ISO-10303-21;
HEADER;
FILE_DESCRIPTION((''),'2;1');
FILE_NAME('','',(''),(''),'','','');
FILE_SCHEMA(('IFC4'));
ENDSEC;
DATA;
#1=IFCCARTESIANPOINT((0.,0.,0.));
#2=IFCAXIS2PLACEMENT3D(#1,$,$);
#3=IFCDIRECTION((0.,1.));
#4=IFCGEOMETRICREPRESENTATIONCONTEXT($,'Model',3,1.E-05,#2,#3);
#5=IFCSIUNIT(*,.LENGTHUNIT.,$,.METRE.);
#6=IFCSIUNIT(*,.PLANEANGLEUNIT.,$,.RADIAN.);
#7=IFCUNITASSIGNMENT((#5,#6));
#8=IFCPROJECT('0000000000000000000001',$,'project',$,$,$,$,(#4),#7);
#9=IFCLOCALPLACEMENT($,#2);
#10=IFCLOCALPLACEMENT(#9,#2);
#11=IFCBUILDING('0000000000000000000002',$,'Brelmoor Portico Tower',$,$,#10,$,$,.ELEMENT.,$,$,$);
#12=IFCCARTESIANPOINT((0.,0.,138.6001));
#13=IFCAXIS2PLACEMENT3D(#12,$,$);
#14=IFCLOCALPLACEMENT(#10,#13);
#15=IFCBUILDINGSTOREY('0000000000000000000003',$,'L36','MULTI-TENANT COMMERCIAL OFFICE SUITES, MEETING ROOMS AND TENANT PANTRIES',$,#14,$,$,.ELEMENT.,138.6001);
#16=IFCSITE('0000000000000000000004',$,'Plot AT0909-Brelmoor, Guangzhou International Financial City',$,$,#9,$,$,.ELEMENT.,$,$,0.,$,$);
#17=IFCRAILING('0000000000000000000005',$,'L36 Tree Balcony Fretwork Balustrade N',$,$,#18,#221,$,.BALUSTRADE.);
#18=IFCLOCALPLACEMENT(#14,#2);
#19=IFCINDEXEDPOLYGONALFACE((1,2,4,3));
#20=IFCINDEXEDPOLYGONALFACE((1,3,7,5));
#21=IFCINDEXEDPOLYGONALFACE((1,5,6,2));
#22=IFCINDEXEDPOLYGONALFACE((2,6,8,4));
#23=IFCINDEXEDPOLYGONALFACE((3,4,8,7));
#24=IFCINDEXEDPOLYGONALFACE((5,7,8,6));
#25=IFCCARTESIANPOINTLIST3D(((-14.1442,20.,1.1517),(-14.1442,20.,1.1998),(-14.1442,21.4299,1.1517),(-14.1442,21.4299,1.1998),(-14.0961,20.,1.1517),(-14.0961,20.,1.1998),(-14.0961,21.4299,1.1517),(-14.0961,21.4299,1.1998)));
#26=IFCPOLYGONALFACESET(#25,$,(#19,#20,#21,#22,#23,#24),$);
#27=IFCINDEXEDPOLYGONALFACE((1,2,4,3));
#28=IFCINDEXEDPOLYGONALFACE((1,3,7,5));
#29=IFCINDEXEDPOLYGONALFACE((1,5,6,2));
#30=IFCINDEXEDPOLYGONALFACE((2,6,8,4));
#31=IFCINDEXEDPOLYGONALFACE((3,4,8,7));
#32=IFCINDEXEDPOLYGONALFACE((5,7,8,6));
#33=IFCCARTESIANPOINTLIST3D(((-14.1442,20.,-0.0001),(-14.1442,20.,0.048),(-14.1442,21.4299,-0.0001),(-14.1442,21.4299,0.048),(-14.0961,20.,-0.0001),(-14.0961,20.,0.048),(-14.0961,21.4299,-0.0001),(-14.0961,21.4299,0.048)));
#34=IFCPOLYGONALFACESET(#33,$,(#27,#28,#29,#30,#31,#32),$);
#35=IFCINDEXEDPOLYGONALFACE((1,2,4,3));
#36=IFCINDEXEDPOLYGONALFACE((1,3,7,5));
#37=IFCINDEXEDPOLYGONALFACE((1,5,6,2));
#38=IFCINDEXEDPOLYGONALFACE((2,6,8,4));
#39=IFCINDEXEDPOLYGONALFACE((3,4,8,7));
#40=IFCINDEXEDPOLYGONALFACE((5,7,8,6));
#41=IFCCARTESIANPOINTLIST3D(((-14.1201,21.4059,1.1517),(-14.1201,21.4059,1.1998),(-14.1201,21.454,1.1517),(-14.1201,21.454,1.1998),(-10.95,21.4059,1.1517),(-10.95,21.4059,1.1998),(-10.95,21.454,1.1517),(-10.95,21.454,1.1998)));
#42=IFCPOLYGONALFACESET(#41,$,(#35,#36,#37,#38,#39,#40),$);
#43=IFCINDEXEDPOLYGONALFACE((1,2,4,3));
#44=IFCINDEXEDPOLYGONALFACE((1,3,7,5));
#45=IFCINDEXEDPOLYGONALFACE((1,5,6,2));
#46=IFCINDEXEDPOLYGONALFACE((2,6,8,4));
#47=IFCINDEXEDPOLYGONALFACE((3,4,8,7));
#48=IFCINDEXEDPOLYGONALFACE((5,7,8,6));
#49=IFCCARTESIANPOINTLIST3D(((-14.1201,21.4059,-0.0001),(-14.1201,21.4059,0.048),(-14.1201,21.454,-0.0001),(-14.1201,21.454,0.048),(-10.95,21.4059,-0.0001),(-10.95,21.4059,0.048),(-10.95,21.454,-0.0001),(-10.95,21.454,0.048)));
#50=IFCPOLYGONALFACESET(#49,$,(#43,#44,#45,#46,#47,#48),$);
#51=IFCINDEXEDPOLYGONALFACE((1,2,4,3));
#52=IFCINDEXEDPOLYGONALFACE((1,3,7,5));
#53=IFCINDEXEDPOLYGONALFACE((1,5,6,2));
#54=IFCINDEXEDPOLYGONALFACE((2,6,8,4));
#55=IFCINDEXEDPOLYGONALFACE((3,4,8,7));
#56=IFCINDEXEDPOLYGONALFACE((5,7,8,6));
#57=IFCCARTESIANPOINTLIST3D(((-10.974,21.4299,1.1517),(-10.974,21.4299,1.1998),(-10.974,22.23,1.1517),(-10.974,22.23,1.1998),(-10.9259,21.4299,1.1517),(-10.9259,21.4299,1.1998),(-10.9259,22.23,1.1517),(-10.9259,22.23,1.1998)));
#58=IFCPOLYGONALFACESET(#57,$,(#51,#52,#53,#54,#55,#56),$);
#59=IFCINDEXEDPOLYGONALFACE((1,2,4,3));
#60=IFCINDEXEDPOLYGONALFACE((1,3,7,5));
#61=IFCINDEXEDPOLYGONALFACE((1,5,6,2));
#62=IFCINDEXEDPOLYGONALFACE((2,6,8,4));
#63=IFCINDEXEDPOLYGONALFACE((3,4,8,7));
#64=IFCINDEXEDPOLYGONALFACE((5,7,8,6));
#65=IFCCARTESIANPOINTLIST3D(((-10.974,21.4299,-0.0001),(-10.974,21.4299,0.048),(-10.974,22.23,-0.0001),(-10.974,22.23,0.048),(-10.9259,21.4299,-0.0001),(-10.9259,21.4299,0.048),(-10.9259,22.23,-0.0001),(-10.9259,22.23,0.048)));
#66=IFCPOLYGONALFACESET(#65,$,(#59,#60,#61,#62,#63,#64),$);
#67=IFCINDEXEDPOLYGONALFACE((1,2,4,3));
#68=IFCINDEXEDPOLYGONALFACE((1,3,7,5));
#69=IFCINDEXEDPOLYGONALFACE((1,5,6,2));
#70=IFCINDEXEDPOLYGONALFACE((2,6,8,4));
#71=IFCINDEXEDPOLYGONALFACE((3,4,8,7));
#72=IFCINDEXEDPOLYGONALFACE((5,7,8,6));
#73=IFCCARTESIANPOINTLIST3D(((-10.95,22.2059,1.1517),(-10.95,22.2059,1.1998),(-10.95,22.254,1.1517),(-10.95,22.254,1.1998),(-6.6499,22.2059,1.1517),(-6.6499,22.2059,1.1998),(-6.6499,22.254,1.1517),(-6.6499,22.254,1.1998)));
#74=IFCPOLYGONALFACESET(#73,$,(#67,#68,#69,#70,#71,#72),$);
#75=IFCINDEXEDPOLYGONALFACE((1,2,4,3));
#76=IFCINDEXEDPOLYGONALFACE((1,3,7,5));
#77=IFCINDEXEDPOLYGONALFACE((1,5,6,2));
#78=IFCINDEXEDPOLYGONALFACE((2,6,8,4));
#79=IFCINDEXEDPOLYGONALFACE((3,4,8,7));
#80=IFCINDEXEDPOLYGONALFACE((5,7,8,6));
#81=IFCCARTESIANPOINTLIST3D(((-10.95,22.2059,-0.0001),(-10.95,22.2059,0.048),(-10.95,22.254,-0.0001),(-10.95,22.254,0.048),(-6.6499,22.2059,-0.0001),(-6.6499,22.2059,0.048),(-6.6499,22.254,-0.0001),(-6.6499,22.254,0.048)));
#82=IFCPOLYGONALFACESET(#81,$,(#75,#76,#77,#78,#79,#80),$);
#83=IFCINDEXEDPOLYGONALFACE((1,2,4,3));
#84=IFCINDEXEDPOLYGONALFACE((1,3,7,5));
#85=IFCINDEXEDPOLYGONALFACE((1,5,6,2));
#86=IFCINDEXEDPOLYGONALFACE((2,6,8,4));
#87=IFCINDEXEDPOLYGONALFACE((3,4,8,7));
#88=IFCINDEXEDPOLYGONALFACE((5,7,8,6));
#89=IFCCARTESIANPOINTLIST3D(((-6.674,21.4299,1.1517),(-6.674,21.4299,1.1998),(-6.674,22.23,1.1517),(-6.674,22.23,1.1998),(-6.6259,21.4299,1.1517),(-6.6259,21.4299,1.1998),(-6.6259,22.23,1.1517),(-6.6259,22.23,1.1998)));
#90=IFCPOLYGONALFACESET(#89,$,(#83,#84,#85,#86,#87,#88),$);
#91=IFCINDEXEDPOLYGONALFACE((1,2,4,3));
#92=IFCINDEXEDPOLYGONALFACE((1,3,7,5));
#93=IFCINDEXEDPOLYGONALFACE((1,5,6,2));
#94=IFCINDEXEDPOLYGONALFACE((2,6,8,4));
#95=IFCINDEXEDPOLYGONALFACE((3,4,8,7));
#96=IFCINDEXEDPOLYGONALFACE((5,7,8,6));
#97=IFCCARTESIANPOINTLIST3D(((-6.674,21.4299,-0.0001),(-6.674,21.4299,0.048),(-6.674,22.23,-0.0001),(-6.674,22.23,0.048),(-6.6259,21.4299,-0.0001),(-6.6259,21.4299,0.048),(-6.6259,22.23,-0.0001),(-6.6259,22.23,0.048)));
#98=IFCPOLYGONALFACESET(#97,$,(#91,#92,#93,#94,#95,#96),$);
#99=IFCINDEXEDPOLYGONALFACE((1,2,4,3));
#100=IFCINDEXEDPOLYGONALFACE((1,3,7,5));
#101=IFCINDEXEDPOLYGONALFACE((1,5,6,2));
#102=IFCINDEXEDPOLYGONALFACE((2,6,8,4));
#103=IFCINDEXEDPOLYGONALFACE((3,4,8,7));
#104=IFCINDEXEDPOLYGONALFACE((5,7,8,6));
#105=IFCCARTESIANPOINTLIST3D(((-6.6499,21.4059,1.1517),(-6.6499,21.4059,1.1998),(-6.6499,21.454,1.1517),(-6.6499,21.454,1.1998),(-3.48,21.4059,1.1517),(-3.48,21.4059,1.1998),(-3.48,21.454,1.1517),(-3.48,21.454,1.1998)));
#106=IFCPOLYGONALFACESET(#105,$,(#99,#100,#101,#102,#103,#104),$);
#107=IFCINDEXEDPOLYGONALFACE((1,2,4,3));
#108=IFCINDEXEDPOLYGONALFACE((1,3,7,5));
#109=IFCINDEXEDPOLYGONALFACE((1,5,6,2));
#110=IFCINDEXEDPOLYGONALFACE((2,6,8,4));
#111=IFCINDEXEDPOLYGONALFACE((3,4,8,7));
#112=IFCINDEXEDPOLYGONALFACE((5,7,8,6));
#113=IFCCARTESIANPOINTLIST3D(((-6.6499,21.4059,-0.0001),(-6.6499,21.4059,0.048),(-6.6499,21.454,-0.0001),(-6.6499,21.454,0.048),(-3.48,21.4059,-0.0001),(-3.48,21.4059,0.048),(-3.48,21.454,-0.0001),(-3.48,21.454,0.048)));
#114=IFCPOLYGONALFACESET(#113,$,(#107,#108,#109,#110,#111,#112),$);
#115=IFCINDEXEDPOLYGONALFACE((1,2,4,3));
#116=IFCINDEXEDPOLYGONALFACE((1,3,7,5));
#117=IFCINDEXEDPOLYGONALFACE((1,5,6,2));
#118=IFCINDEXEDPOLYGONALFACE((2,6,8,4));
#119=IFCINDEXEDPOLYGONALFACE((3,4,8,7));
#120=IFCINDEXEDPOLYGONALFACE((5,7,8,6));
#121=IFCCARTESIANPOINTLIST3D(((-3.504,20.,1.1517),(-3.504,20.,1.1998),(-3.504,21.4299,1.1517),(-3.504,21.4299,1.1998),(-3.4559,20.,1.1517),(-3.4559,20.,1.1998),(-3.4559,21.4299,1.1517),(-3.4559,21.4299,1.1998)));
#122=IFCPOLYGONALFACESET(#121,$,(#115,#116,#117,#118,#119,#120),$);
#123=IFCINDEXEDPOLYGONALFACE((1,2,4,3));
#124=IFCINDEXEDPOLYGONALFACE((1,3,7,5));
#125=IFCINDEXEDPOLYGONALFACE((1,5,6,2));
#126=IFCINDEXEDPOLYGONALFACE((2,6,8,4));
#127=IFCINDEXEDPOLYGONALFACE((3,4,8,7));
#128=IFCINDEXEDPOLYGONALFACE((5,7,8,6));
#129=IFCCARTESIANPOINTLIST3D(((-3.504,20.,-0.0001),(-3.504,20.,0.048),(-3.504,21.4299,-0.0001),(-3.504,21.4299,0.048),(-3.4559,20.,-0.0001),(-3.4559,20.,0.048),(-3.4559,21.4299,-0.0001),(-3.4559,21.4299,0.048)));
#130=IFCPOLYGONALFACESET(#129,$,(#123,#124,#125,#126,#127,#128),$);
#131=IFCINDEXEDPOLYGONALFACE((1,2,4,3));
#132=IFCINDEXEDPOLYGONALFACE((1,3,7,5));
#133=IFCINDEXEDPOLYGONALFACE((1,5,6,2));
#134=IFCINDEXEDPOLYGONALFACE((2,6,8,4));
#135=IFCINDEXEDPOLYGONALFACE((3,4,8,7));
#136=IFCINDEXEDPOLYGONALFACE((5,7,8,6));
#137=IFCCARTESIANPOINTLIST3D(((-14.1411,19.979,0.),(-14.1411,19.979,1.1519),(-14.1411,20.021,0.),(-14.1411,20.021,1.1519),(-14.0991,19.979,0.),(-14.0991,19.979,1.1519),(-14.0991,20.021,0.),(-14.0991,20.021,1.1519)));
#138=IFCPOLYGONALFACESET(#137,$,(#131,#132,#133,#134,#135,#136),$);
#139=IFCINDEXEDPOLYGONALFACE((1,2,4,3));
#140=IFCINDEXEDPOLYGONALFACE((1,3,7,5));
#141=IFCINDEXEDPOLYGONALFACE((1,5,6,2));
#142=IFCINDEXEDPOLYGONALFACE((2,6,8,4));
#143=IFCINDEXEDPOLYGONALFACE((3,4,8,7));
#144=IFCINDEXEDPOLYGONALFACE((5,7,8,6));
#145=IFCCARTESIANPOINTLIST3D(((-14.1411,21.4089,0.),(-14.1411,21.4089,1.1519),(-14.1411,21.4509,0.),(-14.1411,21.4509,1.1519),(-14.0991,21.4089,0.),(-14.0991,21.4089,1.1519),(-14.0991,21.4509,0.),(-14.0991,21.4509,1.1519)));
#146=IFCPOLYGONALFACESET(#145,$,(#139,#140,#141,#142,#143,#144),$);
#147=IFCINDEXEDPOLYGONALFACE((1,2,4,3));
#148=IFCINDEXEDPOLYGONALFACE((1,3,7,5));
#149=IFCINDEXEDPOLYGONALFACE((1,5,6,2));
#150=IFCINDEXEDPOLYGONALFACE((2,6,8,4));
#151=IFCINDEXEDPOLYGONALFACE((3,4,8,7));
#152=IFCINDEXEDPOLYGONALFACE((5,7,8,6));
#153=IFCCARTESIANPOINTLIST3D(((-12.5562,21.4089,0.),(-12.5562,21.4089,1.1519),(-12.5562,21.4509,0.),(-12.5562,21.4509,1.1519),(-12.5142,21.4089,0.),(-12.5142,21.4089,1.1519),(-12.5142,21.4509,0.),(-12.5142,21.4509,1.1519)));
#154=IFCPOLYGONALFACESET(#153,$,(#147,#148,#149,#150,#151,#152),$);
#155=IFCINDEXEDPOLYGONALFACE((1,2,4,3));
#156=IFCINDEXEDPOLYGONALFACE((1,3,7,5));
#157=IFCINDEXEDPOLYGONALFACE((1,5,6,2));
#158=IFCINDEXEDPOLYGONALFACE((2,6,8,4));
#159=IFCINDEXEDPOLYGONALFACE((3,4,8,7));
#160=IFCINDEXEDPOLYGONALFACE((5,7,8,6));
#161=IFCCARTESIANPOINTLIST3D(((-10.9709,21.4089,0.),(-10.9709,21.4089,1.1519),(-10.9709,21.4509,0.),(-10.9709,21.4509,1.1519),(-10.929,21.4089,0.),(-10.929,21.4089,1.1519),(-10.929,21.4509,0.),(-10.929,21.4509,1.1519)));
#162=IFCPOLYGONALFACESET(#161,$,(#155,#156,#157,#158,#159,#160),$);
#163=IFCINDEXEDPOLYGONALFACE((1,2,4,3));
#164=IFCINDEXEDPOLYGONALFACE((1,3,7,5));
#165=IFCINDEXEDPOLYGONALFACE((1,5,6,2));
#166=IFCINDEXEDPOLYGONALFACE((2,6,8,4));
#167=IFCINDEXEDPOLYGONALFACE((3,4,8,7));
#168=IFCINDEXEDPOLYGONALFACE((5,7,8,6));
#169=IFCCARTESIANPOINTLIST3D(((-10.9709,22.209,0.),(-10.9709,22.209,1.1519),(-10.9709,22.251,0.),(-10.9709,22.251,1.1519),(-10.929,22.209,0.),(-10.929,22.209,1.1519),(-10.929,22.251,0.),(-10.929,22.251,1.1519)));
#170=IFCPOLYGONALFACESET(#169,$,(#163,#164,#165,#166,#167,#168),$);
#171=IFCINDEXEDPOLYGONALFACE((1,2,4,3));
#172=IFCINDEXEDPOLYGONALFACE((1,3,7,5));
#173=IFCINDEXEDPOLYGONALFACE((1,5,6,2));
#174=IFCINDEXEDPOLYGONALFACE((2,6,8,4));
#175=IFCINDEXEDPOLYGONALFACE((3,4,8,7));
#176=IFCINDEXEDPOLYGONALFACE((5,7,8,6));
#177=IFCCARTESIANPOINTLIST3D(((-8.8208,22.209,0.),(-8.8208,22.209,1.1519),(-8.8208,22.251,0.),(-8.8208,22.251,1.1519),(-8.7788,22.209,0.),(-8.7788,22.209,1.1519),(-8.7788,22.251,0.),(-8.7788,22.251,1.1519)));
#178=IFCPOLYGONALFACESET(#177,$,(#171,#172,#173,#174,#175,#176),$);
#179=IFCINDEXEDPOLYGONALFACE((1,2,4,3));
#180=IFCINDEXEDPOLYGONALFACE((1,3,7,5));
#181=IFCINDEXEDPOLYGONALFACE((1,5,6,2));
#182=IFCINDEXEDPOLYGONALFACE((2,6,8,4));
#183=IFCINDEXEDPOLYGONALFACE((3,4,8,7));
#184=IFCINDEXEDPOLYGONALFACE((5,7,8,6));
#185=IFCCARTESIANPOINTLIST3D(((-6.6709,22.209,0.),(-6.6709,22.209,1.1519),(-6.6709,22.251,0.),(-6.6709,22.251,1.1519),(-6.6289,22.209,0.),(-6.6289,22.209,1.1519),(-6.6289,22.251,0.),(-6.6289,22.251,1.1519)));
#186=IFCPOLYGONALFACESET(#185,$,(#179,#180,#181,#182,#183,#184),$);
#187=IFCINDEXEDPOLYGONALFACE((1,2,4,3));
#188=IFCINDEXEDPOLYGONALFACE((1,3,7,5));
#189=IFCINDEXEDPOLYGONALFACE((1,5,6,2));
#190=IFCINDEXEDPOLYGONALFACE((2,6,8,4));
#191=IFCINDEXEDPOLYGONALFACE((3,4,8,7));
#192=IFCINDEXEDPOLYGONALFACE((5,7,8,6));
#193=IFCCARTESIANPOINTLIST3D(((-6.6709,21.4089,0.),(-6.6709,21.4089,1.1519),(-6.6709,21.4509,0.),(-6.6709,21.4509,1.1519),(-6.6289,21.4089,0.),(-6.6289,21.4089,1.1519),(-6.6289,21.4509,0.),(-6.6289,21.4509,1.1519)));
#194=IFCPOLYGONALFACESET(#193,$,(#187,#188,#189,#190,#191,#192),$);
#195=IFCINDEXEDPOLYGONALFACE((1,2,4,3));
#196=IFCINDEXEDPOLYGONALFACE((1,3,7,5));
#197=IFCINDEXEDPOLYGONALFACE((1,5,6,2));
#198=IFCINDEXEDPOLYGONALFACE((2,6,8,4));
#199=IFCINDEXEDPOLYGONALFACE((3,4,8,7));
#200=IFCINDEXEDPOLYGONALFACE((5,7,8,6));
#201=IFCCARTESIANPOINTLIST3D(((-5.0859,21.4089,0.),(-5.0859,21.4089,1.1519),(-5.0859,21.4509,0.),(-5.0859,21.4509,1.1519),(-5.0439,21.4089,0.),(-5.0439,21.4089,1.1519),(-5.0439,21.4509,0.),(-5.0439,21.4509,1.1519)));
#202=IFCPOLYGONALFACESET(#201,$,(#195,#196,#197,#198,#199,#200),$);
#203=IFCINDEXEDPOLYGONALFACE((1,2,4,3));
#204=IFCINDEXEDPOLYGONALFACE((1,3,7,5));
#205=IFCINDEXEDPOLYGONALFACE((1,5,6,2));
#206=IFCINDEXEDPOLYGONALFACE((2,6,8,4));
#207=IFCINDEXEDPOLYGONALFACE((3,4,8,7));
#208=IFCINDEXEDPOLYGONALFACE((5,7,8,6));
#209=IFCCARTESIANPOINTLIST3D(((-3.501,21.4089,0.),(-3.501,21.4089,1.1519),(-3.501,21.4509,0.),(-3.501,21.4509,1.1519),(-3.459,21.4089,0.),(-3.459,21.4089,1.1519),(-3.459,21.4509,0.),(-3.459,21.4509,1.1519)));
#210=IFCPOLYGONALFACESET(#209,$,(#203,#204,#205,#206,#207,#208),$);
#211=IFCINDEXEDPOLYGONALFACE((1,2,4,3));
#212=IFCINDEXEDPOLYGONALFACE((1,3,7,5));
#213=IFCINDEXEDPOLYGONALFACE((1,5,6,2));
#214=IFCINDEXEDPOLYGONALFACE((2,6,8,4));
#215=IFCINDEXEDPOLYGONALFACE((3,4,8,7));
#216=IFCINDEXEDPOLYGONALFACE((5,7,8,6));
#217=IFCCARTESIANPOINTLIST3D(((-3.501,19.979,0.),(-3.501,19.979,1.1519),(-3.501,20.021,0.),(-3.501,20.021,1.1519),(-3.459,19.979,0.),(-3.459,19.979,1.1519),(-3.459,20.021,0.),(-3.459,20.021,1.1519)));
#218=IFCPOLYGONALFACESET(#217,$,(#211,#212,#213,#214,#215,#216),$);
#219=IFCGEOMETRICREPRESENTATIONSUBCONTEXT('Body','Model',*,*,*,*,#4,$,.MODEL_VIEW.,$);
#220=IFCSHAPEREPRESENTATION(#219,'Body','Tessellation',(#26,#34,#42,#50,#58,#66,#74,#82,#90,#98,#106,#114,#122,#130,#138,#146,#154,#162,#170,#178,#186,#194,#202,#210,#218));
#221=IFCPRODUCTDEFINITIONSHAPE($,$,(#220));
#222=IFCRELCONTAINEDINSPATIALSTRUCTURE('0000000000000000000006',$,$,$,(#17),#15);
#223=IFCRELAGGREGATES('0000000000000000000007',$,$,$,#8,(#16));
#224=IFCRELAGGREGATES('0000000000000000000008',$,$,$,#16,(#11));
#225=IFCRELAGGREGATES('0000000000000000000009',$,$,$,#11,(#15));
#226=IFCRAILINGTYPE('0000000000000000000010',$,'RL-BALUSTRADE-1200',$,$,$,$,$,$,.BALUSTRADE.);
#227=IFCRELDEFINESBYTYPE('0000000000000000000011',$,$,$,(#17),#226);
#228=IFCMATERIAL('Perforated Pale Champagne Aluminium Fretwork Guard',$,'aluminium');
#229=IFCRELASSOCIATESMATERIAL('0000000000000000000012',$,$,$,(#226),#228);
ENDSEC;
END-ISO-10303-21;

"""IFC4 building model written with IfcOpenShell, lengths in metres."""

from ifc_helpers import new_model, si_unit, direction, frame, origin, origin_2d, place, context, subcontext, project, spatial, rectangle, extrude, material, type_object, element, save


model = new_model("IFC4")

# Units and contexts
model_context = context("Model", 3, precision=1e-05, world=origin(), true_north=direction((0.0, 1.0)))
body_context = subcontext(model_context, "Body", "Model", "MODEL_VIEW")
ifc_project = project(units=[si_unit("LENGTHUNIT", "METRE"), si_unit("PLANEANGLEUNIT", "RADIAN")], contexts=[model_context])

# Site, building, storey
site_placement = place(None, origin())
site = spatial("IfcSite", under=ifc_project, at=site_placement, Name="Plot AT0909-Brelmoor, Guangzhou International Financial City", CompositionType="ELEMENT", RefElevation=0.0)
building_placement = place(site_placement, origin())
building = spatial("IfcBuilding", under=site, at=building_placement, Name="Brelmoor Portico Tower", CompositionType="ELEMENT")
storey_placement = place(building_placement, frame((0.0, 0.0, 138.6001)))
storey = spatial("IfcBuildingStorey", under=building, at=storey_placement, Name="L36", Description="MULTI-TENANT COMMERCIAL OFFICE SUITES, MEETING ROOMS AND TENANT PANTRIES", CompositionType="ELEMENT", Elevation=138.6001)

# Railing
ifc_material_1 = material(Name="Perforated Pale Champagne Aluminium Fretwork Guard", Category="aluminium")
railing_type = type_object("IfcRailingType", Name="RL-BALUSTRADE-1200", PredefinedType="BALUSTRADE", material=ifc_material_1)
railing_placement = place(storey_placement, frame((-14.1201, 20.0, 0.0)))
element("IfcRailing", 1, at=railing_placement, inside=storey, type_object=railing_type, Name="L36 Tree Balcony Fretwork Balustrade N", PredefinedType="BALUSTRADE", context=body_context, shape_type="SweptSolid", body=[
    extrude(rectangle(XDim=0.0481, YDim=0.0481, at=origin_2d()), frame((0.0, 0.0, 1.1758), z_axis=(0.0, 1.0, 0.0), x_axis=(-1.0, 0.0, 0.0)), (0.0, 0.0, 1.0), 1.4299),
    extrude(rectangle(XDim=0.0481, YDim=0.0481, at=origin_2d()), frame((0.0, 0.0, 0.0239), z_axis=(0.0, 1.0, 0.0), x_axis=(-1.0, 0.0, 0.0)), (0.0, 0.0, 1.0), 1.4299),
    extrude(rectangle(XDim=0.0481, YDim=0.0481, at=origin_2d()), frame((0.0, 1.4299, 1.1758), z_axis=(1.0, 0.0, 0.0), x_axis=(0.0, 1.0, 0.0)), (0.0, 0.0, 1.0), 3.1702),
    extrude(rectangle(XDim=0.0481, YDim=0.0481, at=origin_2d()), frame((0.0, 1.4299, 0.0239), z_axis=(1.0, 0.0, 0.0), x_axis=(0.0, 1.0, 0.0)), (0.0, 0.0, 1.0), 3.1702),
    extrude(rectangle(XDim=0.0481, YDim=0.0481, at=origin_2d()), frame((3.1702, 1.4299, 1.1758), z_axis=(0.0, 1.0, 0.0), x_axis=(-1.0, 0.0, 0.0)), (0.0, 0.0, 1.0), 0.8),
    extrude(rectangle(XDim=0.0481, YDim=0.0481, at=origin_2d()), frame((3.1702, 1.4299, 0.0239), z_axis=(0.0, 1.0, 0.0), x_axis=(-1.0, 0.0, 0.0)), (0.0, 0.0, 1.0), 0.8),
    extrude(rectangle(XDim=0.0481, YDim=0.0481, at=origin_2d()), frame((3.1702, 2.23, 1.1758), z_axis=(1.0, 0.0, 0.0), x_axis=(0.0, 1.0, 0.0)), (0.0, 0.0, 1.0), 4.3),
    extrude(rectangle(XDim=0.0481, YDim=0.0481, at=origin_2d()), frame((3.1702, 2.23, 0.0239), z_axis=(1.0, 0.0, 0.0), x_axis=(0.0, 1.0, 0.0)), (0.0, 0.0, 1.0), 4.3),
    extrude(rectangle(XDim=0.0481, YDim=0.0481, at=origin_2d()), frame((7.4702, 2.23, 1.1758), z_axis=(0.0, -1.0, 0.0), x_axis=(1.0, 0.0, 0.0)), (0.0, 0.0, 1.0), 0.8),
    extrude(rectangle(XDim=0.0481, YDim=0.0481, at=origin_2d()), frame((7.4702, 2.23, 0.0239), z_axis=(0.0, -1.0, 0.0), x_axis=(1.0, 0.0, 0.0)), (0.0, 0.0, 1.0), 0.8),
    extrude(rectangle(XDim=0.0481, YDim=0.0481, at=origin_2d()), frame((7.4702, 1.4299, 1.1758), z_axis=(1.0, 0.0, 0.0), x_axis=(0.0, 1.0, 0.0)), (0.0, 0.0, 1.0), 3.1699),
    extrude(rectangle(XDim=0.0481, YDim=0.0481, at=origin_2d()), frame((7.4702, 1.4299, 0.0239), z_axis=(1.0, 0.0, 0.0), x_axis=(0.0, 1.0, 0.0)), (0.0, 0.0, 1.0), 3.1699),
    extrude(rectangle(XDim=0.0481, YDim=0.0481, at=origin_2d()), frame((10.6401, 1.4299, 1.1758), z_axis=(0.0, -1.0, 0.0), x_axis=(1.0, 0.0, 0.0)), (0.0, 0.0, 1.0), 1.4299),
    extrude(rectangle(XDim=0.0481, YDim=0.0481, at=origin_2d()), frame((10.6401, 1.4299, 0.0239), z_axis=(0.0, -1.0, 0.0), x_axis=(1.0, 0.0, 0.0)), (0.0, 0.0, 1.0), 1.4299),
    extrude(rectangle(XDim=0.042, YDim=0.042, at=origin_2d()), origin(), (0.0, 0.0, 1.0), 1.1519),
    extrude(rectangle(XDim=0.042, YDim=0.042, at=origin_2d()), frame((0.0, 1.4299, 0.0)), (0.0, 0.0, 1.0), 1.1519),
    extrude(rectangle(XDim=0.042, YDim=0.042, at=origin_2d()), frame((1.585, 1.4299, 0.0)), (0.0, 0.0, 1.0), 1.1519),
    extrude(rectangle(XDim=0.042, YDim=0.042, at=origin_2d()), frame((3.1702, 1.4299, 0.0)), (0.0, 0.0, 1.0), 1.1519),
    extrude(rectangle(XDim=0.042, YDim=0.042, at=origin_2d()), frame((3.1702, 2.23, 0.0)), (0.0, 0.0, 1.0), 1.1519),
    extrude(rectangle(XDim=0.042, YDim=0.042, at=origin_2d()), frame((5.3203, 2.23, 0.0)), (0.0, 0.0, 1.0), 1.1519),
    extrude(rectangle(XDim=0.042, YDim=0.042, at=origin_2d()), frame((7.4702, 2.23, 0.0)), (0.0, 0.0, 1.0), 1.1519),
    extrude(rectangle(XDim=0.042, YDim=0.042, at=origin_2d()), frame((7.4702, 1.4299, 0.0)), (0.0, 0.0, 1.0), 1.1519),
    extrude(rectangle(XDim=0.042, YDim=0.042, at=origin_2d()), frame((9.0552, 1.4299, 0.0)), (0.0, 0.0, 1.0), 1.1519),
    extrude(rectangle(XDim=0.042, YDim=0.042, at=origin_2d()), frame((10.6401, 1.4299, 0.0)), (0.0, 0.0, 1.0), 1.1519),
    extrude(rectangle(XDim=0.042, YDim=0.042, at=origin_2d()), frame((10.6401, 0.0, 0.0)), (0.0, 0.0, 1.0), 1.1519),
])

save(model, "model.ifc")
